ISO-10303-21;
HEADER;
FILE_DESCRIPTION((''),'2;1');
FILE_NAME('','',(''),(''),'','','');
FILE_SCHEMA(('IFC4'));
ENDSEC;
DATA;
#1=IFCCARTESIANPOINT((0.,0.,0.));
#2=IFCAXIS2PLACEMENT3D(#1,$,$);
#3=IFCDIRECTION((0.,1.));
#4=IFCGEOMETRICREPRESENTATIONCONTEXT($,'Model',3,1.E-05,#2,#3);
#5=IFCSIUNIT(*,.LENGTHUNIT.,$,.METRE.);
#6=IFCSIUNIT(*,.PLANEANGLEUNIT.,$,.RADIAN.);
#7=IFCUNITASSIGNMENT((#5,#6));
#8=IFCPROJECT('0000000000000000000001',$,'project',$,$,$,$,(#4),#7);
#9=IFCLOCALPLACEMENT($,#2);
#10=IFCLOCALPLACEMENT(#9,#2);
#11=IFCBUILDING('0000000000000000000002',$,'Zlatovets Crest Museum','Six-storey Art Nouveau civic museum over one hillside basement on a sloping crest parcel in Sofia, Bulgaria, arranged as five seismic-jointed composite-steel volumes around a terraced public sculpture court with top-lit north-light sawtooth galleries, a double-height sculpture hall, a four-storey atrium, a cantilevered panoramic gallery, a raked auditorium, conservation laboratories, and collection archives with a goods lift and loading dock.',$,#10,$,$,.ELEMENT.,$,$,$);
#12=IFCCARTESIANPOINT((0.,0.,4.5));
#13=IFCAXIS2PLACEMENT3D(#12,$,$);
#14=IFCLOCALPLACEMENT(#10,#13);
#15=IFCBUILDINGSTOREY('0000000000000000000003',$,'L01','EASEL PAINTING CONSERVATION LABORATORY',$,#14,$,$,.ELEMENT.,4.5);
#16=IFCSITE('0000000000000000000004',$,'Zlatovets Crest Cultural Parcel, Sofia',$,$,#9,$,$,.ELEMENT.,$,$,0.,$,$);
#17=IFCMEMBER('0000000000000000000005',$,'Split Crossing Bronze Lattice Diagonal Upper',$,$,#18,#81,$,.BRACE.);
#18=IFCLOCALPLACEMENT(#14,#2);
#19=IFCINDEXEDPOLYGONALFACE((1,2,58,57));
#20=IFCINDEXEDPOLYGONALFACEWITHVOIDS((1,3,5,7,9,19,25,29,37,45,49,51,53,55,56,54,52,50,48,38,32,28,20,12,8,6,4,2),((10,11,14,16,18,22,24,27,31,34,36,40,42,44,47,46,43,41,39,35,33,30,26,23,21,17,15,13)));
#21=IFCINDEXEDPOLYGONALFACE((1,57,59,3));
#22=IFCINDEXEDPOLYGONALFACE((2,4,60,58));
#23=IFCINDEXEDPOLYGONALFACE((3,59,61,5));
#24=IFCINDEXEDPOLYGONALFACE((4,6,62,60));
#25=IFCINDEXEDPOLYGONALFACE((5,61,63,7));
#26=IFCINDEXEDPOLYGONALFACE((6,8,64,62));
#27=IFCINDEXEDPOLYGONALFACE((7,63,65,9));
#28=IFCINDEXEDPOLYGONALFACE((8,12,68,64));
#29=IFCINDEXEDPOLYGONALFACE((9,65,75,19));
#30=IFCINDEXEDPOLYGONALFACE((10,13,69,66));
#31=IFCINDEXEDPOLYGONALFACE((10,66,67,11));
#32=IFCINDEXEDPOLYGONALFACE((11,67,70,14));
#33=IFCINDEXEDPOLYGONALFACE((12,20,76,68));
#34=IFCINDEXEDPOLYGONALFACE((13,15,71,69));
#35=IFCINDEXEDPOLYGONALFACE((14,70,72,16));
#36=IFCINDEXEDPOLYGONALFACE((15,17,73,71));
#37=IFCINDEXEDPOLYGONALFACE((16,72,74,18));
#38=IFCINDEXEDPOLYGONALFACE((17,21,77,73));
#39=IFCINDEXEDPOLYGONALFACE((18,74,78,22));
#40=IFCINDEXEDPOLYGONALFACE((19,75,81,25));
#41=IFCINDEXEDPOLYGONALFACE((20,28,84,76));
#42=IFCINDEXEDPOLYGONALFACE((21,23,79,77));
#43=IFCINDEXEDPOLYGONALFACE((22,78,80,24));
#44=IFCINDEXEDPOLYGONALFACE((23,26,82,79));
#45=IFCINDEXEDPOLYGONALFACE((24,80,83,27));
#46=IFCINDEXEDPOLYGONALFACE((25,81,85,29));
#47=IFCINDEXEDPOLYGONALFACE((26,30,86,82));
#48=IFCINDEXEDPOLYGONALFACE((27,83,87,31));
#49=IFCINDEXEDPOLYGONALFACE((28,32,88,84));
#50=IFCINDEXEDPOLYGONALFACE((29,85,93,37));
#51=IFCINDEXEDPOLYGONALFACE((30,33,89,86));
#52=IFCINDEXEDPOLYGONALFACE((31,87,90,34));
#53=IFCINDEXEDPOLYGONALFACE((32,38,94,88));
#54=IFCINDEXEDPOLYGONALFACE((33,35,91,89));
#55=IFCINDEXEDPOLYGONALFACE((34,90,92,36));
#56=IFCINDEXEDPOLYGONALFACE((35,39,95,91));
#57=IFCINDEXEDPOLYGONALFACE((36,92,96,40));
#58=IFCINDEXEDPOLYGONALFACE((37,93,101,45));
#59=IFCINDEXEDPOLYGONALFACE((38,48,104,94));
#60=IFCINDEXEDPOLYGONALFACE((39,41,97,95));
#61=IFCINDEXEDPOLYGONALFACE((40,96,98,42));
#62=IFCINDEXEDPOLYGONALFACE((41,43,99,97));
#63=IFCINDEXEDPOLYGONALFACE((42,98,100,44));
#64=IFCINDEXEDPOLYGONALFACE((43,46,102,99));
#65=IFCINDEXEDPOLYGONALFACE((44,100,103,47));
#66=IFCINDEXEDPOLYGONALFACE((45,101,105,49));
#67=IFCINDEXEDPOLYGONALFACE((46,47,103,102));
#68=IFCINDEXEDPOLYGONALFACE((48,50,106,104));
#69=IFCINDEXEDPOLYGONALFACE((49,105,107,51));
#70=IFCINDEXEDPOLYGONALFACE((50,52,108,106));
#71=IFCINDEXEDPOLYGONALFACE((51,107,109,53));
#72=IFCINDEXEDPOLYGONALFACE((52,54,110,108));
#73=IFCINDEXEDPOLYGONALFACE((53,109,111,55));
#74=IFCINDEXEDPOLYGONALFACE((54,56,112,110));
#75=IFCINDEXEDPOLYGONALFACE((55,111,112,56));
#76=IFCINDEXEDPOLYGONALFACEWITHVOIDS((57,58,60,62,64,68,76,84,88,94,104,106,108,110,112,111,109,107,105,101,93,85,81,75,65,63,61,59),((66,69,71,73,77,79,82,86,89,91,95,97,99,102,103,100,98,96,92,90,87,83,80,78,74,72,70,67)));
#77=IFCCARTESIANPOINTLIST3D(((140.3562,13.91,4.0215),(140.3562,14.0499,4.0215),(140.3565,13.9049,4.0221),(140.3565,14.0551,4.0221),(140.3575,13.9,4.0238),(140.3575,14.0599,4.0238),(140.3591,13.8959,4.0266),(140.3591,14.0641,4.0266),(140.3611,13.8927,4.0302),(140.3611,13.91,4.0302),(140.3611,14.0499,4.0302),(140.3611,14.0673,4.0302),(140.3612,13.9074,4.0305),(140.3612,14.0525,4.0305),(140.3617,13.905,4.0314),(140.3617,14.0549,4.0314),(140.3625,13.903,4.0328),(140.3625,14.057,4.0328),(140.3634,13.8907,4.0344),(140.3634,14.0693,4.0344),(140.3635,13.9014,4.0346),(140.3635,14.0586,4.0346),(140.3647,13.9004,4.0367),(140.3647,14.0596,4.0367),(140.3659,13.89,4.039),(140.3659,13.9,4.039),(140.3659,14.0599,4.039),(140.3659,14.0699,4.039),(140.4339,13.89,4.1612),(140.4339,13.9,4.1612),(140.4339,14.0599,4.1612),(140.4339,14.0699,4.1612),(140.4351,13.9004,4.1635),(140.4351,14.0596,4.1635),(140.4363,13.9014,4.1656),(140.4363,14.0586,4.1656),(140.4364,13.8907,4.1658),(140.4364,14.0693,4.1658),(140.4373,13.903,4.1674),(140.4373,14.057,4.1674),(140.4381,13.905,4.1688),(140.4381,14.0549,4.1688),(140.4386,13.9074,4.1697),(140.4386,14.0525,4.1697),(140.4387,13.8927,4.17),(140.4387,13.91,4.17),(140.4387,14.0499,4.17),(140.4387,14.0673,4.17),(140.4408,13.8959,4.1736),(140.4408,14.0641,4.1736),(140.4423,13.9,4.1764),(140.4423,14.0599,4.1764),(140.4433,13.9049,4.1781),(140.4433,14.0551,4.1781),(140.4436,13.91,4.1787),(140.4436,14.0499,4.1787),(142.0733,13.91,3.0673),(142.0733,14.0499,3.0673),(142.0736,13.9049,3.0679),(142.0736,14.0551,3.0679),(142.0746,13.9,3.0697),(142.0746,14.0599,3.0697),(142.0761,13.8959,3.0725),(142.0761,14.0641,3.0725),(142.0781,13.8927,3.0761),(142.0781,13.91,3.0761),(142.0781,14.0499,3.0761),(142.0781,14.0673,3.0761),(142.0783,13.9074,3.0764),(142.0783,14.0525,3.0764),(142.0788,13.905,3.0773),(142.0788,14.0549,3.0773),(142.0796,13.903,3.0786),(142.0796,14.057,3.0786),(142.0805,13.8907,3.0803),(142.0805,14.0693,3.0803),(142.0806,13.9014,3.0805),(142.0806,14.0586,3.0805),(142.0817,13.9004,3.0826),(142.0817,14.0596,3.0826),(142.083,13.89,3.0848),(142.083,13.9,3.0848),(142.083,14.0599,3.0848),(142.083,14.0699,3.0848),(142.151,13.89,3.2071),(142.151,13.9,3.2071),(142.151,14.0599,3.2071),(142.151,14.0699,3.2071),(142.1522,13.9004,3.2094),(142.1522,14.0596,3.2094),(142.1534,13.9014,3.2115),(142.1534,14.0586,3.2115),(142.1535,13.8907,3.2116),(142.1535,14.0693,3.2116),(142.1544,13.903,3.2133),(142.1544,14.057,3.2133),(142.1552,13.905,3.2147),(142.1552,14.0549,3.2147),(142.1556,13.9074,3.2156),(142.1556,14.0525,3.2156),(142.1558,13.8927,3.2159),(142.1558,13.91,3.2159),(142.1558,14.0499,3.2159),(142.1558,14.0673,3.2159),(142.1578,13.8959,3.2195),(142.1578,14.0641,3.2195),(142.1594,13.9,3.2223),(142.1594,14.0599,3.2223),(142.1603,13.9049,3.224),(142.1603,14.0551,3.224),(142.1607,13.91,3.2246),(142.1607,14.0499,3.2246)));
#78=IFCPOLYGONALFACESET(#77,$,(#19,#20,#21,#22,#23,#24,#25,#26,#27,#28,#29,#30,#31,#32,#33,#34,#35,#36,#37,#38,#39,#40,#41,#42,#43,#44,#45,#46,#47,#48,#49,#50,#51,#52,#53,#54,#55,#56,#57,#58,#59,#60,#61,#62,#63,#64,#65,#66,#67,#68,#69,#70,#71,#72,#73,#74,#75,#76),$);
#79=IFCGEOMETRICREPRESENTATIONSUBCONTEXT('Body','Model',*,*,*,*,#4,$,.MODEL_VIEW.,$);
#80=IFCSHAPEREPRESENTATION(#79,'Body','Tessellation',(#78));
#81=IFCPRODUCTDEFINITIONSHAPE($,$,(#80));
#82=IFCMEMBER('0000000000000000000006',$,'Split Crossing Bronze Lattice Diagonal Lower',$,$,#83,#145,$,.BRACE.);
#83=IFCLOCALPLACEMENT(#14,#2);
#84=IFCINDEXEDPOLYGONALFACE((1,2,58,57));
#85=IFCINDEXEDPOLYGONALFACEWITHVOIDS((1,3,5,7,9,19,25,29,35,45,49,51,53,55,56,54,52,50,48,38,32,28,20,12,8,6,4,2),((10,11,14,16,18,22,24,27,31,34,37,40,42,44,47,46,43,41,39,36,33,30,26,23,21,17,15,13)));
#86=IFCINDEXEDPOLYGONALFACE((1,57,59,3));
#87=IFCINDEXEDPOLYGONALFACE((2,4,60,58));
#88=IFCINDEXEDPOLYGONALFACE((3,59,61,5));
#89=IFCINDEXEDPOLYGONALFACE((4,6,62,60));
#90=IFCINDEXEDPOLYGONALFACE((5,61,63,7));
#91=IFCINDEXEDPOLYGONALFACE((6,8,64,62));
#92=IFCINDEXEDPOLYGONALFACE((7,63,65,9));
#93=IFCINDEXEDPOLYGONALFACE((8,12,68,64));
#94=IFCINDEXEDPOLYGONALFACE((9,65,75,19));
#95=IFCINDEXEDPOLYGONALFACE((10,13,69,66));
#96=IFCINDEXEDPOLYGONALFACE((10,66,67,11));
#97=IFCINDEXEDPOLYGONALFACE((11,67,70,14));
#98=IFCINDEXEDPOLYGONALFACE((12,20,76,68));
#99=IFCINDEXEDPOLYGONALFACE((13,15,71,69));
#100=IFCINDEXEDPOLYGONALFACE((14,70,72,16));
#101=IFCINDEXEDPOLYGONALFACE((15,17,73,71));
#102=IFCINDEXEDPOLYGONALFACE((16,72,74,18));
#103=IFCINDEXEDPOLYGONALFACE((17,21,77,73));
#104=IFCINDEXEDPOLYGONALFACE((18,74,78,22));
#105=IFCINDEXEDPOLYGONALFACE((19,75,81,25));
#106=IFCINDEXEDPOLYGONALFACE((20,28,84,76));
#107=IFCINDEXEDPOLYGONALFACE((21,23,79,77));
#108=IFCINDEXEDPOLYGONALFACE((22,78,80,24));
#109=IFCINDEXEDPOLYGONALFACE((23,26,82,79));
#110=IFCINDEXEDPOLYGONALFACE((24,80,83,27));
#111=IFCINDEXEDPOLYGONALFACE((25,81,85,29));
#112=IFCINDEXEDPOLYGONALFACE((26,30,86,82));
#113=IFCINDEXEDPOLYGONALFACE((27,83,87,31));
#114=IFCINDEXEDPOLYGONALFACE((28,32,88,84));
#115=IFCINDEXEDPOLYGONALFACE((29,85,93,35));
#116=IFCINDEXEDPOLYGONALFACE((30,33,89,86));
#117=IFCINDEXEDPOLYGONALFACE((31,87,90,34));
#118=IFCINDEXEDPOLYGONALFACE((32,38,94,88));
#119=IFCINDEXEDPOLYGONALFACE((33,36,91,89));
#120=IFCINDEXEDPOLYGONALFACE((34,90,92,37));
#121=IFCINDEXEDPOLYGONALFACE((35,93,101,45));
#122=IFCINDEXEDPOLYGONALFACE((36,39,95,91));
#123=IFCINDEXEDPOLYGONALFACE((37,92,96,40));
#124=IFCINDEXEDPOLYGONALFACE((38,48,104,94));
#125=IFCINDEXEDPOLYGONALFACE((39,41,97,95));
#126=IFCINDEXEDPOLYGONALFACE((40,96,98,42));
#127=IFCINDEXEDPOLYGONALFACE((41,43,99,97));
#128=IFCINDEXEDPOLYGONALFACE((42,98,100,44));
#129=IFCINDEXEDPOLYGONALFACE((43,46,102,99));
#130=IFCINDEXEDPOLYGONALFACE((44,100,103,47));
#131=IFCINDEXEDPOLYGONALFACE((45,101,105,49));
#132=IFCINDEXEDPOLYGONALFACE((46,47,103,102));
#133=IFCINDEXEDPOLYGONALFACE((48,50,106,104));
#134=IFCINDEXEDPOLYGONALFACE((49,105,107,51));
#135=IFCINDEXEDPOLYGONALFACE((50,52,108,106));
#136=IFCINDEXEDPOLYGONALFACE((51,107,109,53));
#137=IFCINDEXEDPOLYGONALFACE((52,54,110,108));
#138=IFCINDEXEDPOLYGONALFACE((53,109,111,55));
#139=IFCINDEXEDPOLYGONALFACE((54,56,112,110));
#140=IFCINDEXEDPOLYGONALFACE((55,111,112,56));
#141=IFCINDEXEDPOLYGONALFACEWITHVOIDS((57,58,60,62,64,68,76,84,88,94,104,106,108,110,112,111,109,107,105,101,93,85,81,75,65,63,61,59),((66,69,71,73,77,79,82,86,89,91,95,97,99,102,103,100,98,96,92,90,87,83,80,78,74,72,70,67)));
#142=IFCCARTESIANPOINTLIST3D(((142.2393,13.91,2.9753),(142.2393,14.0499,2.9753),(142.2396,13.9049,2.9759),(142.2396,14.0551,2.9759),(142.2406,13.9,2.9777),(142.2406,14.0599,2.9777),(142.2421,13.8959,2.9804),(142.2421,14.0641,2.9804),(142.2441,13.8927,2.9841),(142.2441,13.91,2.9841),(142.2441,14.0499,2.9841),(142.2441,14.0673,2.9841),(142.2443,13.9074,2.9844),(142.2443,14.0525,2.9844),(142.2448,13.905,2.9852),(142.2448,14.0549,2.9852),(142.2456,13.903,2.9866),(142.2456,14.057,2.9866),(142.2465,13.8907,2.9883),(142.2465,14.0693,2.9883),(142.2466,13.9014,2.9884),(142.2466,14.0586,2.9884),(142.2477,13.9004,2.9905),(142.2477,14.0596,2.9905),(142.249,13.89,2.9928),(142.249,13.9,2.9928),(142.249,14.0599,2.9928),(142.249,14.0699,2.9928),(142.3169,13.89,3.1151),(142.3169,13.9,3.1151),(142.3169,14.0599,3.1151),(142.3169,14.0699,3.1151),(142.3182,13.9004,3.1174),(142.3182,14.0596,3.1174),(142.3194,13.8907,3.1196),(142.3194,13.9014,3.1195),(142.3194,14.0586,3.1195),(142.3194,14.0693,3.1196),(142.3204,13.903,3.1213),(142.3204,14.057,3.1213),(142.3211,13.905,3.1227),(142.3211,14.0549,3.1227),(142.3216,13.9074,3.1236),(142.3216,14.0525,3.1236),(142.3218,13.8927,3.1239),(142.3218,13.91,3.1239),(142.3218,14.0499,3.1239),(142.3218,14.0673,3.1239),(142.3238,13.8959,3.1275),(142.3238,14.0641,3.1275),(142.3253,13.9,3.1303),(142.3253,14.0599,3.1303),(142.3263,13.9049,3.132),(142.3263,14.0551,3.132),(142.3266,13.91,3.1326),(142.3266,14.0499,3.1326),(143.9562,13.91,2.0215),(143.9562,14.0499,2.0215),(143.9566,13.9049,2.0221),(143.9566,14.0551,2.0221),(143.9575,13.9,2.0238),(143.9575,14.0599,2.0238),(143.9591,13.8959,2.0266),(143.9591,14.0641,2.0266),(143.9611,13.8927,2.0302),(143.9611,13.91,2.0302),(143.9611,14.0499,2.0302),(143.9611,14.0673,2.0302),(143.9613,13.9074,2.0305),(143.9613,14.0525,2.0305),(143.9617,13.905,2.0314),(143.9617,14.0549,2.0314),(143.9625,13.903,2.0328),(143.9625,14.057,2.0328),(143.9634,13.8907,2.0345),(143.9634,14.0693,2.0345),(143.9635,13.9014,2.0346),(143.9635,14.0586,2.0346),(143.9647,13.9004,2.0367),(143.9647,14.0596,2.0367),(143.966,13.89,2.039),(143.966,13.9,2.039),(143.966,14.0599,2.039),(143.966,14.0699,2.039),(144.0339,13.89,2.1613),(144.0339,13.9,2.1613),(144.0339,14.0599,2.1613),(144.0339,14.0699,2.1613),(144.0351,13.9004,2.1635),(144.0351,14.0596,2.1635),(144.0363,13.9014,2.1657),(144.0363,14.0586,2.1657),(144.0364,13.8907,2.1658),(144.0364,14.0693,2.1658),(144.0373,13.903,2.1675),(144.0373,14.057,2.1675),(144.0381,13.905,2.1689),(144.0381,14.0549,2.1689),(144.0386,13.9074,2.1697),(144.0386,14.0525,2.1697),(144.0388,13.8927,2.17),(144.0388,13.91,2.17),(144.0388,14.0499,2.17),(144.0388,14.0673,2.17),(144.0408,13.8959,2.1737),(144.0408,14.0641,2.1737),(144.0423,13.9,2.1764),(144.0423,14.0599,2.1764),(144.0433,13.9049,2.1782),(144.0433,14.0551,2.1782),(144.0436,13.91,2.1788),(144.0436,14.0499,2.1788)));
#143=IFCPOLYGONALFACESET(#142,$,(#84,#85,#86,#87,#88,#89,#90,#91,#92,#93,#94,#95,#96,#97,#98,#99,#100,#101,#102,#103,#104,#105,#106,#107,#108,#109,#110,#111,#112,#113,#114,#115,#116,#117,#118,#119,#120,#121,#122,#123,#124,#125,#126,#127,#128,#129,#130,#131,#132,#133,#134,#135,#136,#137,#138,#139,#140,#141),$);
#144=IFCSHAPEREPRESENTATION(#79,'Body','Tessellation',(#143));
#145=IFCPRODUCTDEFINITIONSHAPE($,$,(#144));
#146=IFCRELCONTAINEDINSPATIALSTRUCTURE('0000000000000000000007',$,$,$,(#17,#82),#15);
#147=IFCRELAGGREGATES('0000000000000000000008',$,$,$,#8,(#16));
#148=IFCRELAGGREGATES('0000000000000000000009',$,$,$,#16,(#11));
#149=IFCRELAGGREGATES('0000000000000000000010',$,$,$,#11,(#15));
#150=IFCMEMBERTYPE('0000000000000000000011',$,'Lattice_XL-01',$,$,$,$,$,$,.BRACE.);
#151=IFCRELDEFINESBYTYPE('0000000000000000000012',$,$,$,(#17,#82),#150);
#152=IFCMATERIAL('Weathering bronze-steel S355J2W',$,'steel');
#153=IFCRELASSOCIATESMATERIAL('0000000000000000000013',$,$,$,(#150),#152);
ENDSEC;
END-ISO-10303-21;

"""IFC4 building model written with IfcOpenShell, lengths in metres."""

from ifc_helpers import new_model, si_unit, direction, frame, origin, origin_2d, place, context, subcontext, project, spatial, hollow_rectangle, extrude, material, material_profile, profile_set, type_object, element, save


model = new_model("IFC4")

# Units and contexts
model_context = context("Model", 3, precision=1e-05, world=origin(), true_north=direction((0.0, 1.0)))
body_context = subcontext(model_context, "Body", "Model", "MODEL_VIEW")
ifc_project = project(units=[si_unit("LENGTHUNIT", "METRE"), si_unit("PLANEANGLEUNIT", "RADIAN")], contexts=[model_context])

# Site, building, storey
site_placement = place(None, origin())
site = spatial("IfcSite", under=ifc_project, at=site_placement, Name="Zlatovets Crest Cultural Parcel, Sofia", CompositionType="ELEMENT", RefElevation=0.0)
building_placement = place(site_placement, origin())
building = spatial("IfcBuilding", under=site, at=building_placement, Name="Zlatovets Crest Museum", Description="Six-storey Art Nouveau civic museum over one hillside basement on a sloping crest parcel in Sofia, Bulgaria, arranged as five seismic-jointed composite-steel volumes around a terraced public sculpture court with top-lit north-light sawtooth galleries, a double-height sculpture hall, a four-storey atrium, a cantilevered panoramic gallery, a raked auditorium, conservation laboratories, and collection archives with a goods lift and loading dock.", CompositionType="ELEMENT")
storey_placement = place(building_placement, frame((0.0, 0.0, 4.5)))
storey = spatial("IfcBuildingStorey", under=building, at=storey_placement, Name="L01", Description="EASEL PAINTING CONSERVATION LABORATORY", CompositionType="ELEMENT", Elevation=4.5)

# Members
ifc_material_1 = material(Name="Weathering bronze-steel S355J2W", Category="steel")
ifc_material_profile_1 = material_profile(ifc_material_1, hollow_rectangle(XDim=0.1799, YDim=0.1799, WallThickness=0.01, InnerFilletRadius=0.01, OuterFilletRadius=0.02, at=origin_2d()), Name="SHS 180x180x10.0")
ifc_profile_set_1 = profile_set([ifc_material_profile_1], Name="Weathering bronze-steel S355J2W")
member_type_1 = type_object("IfcMemberType", Name="Lattice_XL-01", PredefinedType="BRACE", material=ifc_profile_set_1)
member_1_placement = place(storey_placement, frame((140.3999, 13.98, 4.1001), z_axis=(0.874116, 0.0, -0.485717), x_axis=(0.0, 1.0, 0.0)))
element("IfcMember", 1, at=member_1_placement, inside=storey, type_object=member_type_1, Name="Split Crossing Bronze Lattice Diagonal Upper", PredefinedType="BRACE", context=body_context, shape_type="SweptSolid", body=[
    extrude(hollow_rectangle(XDim=0.1799, YDim=0.1799, WallThickness=0.01, InnerFilletRadius=0.01, OuterFilletRadius=0.02, at=origin_2d()), origin(), (0.0, 0.0, 1.0), 1.9644),
])
member_2_placement = place(storey_placement, frame((142.283, 13.98, 3.054), z_axis=(0.874169, 0.0, -0.485622), x_axis=(0.0, 1.0, 0.0)))
element("IfcMember", 2, at=member_2_placement, inside=storey, type_object=member_type_1, Name="Split Crossing Bronze Lattice Diagonal Lower", PredefinedType="BRACE", context=body_context, shape_type="SweptSolid", body=[
    extrude(hollow_rectangle(XDim=0.1799, YDim=0.1799, WallThickness=0.01, InnerFilletRadius=0.01, OuterFilletRadius=0.02, at=origin_2d()), origin(), (0.0, 0.0, 1.0), 1.9641),
])

save(model, "model.ifc")
